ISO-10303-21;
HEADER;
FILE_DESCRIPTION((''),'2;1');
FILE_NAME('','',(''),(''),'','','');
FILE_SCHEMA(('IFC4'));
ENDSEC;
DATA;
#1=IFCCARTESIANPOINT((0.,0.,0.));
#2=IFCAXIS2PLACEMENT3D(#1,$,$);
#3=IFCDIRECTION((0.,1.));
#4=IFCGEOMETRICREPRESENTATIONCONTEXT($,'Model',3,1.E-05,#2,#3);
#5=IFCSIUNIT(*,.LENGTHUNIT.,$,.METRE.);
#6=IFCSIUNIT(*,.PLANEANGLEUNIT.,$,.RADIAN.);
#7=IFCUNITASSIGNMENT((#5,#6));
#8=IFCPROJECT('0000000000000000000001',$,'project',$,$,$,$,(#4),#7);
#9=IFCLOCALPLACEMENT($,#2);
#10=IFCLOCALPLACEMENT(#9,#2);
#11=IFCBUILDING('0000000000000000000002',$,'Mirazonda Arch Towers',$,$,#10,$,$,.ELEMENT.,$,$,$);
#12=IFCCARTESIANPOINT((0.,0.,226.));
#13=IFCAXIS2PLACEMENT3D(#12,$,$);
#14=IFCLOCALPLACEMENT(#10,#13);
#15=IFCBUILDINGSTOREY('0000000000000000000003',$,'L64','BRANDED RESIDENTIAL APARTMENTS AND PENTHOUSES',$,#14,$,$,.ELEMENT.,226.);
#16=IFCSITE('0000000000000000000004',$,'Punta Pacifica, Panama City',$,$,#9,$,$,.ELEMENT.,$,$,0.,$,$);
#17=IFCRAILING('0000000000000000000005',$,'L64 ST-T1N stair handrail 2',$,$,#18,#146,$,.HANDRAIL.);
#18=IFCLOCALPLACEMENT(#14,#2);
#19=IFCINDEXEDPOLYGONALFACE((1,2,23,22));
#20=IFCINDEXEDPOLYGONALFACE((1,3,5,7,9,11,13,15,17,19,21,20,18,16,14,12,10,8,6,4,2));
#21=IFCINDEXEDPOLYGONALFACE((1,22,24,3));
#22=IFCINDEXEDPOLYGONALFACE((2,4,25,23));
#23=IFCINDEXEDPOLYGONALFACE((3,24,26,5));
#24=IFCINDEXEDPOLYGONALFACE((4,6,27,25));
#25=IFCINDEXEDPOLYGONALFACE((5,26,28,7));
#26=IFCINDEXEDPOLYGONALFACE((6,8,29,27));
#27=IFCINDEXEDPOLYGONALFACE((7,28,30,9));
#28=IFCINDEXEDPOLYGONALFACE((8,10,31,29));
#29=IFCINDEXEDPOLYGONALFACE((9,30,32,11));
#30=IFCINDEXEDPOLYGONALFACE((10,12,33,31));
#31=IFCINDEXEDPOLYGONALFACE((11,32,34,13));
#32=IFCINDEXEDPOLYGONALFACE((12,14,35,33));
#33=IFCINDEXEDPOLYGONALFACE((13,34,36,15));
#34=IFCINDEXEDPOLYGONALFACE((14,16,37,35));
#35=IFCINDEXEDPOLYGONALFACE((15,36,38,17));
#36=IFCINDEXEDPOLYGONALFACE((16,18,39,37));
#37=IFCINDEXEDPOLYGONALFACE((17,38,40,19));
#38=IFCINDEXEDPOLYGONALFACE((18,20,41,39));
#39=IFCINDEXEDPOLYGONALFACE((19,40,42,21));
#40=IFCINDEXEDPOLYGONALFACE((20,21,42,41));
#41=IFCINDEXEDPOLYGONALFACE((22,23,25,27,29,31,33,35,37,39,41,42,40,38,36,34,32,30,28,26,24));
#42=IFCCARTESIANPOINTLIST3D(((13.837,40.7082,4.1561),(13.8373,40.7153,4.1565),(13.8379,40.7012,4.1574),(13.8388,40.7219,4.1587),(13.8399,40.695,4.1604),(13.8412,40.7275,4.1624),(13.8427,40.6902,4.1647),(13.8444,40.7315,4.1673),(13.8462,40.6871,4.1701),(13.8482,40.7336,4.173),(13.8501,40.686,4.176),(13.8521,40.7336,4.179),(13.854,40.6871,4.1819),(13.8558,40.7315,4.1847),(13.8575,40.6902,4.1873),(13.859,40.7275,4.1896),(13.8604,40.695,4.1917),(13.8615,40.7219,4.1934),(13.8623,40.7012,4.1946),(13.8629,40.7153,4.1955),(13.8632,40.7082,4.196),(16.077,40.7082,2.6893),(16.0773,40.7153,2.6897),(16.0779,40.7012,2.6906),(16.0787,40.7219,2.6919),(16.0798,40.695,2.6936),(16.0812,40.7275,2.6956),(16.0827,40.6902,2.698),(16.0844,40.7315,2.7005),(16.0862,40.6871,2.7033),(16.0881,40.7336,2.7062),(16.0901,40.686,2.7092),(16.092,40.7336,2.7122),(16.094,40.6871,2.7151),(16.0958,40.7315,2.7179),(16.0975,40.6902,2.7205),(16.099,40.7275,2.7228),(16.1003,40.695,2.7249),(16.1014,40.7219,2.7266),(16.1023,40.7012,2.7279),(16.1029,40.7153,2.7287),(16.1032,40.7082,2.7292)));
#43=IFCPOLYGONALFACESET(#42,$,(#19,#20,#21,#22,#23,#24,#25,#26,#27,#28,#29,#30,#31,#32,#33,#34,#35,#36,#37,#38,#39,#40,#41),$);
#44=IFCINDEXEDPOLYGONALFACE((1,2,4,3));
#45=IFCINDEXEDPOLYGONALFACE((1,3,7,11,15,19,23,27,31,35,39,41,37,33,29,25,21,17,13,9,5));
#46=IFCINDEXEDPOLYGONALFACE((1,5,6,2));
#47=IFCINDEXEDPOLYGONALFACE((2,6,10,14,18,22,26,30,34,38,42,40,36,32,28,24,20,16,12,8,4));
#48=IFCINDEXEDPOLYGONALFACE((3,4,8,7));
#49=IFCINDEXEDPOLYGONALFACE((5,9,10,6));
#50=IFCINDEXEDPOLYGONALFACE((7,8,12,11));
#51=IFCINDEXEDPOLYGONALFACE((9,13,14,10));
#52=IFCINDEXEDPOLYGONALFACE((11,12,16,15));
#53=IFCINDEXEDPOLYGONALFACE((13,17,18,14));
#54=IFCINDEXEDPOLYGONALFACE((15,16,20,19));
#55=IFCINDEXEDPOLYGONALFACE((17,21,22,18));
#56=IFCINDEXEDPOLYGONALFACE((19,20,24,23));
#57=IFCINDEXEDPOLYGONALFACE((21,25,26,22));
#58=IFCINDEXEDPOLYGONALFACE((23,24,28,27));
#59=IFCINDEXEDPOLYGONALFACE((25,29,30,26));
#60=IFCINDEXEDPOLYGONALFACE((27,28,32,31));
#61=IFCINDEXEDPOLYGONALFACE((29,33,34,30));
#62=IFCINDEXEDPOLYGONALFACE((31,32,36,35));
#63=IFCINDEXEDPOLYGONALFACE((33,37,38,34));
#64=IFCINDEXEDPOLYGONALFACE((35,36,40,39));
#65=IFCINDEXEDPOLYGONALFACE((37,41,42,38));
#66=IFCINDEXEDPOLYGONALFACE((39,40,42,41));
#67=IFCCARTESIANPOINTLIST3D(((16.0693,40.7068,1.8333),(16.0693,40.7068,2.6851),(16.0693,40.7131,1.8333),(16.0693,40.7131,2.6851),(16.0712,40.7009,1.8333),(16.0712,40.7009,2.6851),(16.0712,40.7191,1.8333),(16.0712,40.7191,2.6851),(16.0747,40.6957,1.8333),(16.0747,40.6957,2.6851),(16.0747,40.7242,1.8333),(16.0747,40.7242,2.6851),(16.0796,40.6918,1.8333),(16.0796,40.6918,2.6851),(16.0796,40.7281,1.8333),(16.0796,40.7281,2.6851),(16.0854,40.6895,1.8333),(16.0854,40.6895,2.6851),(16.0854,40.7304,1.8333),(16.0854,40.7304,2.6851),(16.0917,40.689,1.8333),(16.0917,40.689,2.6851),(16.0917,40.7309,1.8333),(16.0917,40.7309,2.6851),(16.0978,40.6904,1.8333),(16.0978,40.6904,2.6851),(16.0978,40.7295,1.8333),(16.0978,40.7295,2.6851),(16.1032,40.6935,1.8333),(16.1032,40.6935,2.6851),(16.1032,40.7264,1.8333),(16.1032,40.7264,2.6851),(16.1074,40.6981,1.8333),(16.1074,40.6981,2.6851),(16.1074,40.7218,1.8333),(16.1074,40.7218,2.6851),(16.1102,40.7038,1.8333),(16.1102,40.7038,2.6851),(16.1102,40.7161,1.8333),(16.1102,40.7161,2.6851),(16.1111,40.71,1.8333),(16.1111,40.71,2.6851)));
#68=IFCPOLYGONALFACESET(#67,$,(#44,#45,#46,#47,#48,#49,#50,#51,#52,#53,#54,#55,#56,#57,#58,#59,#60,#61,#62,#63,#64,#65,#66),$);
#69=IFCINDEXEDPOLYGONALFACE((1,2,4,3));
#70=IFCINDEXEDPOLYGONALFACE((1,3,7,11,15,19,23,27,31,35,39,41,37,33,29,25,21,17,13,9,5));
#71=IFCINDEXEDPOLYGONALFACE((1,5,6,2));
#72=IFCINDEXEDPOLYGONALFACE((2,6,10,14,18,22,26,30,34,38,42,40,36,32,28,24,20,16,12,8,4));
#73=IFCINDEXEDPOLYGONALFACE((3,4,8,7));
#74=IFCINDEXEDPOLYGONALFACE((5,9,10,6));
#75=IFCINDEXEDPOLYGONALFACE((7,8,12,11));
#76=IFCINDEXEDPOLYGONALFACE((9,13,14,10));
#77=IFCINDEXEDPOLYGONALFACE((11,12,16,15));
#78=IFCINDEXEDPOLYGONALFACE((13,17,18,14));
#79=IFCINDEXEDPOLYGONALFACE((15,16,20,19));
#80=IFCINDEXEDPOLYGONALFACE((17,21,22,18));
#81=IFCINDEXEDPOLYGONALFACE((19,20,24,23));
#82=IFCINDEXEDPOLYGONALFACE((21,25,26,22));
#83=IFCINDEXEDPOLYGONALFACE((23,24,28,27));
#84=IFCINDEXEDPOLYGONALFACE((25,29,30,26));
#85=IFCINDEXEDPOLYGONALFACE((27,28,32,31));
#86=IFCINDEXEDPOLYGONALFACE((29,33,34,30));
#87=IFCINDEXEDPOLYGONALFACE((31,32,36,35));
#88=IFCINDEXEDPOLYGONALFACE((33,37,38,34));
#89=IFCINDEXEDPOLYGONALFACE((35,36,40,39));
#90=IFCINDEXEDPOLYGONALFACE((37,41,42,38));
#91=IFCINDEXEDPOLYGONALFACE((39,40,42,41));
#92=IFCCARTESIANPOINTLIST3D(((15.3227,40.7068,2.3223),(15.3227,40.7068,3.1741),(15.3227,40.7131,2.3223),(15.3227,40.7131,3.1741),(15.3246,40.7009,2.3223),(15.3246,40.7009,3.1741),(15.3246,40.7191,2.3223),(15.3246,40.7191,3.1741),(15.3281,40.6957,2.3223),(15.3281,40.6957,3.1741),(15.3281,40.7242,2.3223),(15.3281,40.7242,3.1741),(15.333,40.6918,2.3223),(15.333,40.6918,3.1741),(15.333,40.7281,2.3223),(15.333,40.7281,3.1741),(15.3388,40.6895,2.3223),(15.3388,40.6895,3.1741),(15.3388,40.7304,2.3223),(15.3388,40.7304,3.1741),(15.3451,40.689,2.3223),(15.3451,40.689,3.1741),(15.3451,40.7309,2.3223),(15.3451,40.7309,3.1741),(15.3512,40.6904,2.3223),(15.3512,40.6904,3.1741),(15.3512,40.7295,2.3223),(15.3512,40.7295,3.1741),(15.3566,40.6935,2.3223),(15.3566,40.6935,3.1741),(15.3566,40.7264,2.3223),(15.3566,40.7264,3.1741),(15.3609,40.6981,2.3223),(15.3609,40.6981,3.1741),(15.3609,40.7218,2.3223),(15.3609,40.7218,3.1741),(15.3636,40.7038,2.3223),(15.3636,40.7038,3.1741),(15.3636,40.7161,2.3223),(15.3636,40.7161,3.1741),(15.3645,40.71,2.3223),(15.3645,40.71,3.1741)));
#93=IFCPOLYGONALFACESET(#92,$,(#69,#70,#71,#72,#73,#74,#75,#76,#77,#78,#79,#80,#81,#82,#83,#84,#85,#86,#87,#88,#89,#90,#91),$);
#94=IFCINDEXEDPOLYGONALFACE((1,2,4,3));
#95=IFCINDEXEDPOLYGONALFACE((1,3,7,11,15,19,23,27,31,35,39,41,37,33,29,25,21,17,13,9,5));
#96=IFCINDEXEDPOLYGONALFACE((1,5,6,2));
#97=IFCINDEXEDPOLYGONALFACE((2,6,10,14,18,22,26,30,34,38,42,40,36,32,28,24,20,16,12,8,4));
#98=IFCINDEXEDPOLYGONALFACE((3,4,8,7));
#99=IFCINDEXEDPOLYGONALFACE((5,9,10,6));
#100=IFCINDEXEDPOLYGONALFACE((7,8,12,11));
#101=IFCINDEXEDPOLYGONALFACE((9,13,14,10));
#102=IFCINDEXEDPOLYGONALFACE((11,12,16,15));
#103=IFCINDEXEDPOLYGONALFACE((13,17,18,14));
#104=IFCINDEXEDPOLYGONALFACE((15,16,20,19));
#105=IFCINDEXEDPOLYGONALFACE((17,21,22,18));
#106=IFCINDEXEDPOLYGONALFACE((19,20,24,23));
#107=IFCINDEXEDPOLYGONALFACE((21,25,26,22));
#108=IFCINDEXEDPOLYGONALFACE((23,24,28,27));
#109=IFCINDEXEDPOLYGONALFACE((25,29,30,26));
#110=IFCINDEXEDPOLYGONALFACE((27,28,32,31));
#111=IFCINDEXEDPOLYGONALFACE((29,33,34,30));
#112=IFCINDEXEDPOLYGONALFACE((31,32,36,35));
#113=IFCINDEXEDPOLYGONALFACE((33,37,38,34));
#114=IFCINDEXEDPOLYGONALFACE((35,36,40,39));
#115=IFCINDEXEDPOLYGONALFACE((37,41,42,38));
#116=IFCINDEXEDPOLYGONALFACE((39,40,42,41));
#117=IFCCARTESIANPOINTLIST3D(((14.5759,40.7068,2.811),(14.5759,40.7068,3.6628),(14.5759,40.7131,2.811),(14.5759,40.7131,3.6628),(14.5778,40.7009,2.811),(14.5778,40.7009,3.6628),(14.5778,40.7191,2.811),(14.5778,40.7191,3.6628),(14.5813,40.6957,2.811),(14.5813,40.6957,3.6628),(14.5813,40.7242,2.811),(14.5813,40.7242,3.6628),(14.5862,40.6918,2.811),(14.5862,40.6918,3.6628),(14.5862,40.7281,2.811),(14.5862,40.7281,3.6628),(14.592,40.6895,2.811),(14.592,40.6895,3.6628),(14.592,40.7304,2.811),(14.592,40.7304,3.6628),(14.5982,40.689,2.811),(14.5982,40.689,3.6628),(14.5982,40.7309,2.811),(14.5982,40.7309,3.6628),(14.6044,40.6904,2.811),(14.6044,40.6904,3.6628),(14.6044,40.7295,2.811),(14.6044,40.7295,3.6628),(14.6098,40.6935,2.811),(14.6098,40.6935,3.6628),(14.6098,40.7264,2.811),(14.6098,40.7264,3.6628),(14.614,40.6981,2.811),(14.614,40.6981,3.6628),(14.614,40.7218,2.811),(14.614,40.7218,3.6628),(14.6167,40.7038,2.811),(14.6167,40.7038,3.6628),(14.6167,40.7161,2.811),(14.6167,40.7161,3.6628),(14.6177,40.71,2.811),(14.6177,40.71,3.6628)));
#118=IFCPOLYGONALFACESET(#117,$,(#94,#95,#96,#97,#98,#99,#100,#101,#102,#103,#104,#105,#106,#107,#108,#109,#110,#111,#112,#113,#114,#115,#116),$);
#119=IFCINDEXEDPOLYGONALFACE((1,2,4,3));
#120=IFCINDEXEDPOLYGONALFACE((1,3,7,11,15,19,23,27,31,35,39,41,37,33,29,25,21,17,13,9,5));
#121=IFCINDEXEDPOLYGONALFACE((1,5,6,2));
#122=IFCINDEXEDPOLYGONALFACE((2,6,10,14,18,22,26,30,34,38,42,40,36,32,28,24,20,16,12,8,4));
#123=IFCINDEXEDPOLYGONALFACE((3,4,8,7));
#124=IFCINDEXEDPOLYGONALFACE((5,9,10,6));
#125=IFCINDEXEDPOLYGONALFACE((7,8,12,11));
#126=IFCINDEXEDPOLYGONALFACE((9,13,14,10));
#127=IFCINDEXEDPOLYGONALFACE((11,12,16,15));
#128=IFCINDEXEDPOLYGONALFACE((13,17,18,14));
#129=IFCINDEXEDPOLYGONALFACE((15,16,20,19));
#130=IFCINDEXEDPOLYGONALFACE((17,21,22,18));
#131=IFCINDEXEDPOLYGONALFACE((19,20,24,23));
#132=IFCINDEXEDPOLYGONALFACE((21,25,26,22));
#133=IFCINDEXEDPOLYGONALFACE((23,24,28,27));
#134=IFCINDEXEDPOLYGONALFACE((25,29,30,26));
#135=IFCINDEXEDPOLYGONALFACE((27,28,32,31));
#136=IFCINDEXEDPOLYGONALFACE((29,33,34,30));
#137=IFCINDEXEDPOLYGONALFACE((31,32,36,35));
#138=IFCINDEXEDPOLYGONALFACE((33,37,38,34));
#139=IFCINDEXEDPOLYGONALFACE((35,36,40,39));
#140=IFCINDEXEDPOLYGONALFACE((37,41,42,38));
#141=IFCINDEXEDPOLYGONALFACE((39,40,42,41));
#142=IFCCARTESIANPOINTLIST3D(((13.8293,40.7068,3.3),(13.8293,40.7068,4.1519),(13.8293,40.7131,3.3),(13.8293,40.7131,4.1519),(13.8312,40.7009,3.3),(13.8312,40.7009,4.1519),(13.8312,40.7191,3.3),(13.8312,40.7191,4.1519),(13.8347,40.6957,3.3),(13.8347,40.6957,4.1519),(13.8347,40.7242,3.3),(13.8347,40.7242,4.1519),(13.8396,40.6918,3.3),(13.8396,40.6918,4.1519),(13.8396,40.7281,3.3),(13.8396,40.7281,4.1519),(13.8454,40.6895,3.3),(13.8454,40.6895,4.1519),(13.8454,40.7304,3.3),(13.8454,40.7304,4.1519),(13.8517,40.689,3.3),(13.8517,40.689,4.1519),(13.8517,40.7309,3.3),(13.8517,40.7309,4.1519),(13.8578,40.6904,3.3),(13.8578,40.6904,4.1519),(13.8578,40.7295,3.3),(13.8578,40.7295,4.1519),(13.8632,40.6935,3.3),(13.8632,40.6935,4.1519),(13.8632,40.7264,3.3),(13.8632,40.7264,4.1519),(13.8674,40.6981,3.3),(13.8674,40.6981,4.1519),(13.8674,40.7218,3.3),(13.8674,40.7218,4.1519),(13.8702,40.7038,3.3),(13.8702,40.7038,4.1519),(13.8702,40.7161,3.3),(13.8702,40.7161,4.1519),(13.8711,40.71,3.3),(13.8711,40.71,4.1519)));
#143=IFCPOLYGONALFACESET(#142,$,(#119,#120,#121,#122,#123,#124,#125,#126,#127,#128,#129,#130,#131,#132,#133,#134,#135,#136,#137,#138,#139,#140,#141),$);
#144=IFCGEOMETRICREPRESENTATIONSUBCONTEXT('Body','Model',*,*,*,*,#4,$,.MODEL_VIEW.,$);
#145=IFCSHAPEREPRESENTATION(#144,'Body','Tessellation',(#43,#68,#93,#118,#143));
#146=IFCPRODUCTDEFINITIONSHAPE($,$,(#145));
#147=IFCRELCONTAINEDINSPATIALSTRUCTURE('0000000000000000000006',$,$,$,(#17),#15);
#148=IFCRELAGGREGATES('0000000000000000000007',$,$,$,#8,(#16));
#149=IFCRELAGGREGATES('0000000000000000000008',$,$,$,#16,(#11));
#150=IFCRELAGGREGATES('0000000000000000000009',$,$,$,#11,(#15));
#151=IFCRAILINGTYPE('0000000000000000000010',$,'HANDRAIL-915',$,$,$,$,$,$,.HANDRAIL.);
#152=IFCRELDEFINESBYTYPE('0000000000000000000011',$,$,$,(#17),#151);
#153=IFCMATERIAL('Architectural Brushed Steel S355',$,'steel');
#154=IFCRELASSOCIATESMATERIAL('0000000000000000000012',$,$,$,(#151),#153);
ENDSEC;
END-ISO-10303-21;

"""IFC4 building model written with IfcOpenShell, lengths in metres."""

from ifc_helpers import new_model, si_unit, direction, frame, origin, origin_2d, place, context, subcontext, project, spatial, circle, extrude, material, type_object, element, save


model = new_model("IFC4")

# Units and contexts
model_context = context("Model", 3, precision=1e-05, world=origin(), true_north=direction((0.0, 1.0)))
body_context = subcontext(model_context, "Body", "Model", "MODEL_VIEW")
ifc_project = project(units=[si_unit("LENGTHUNIT", "METRE"), si_unit("PLANEANGLEUNIT", "RADIAN")], contexts=[model_context])

# Site, building, storey
site_placement = place(None, origin())
site = spatial("IfcSite", under=ifc_project, at=site_placement, Name="Punta Pacifica, Panama City", CompositionType="ELEMENT", RefElevation=0.0)
building_placement = place(site_placement, origin())
building = spatial("IfcBuilding", under=site, at=building_placement, Name="Mirazonda Arch Towers", CompositionType="ELEMENT")
storey_placement = place(building_placement, frame((0.0, 0.0, 226.0)))
storey = spatial("IfcBuildingStorey", under=building, at=storey_placement, Name="L64", Description="BRANDED RESIDENTIAL APARTMENTS AND PENTHOUSES", CompositionType="ELEMENT", Elevation=226.0)

# Railing
ifc_material_1 = material(Name="Architectural Brushed Steel S355", Category="steel")
railing_type_1 = type_object("IfcRailingType", Name="HANDRAIL-915", PredefinedType="HANDRAIL", material=ifc_material_1)
railing_1_placement = place(storey_placement, frame((16.0901, 40.71, 1.8333)))
element("IfcRailing", 1, at=railing_1_placement, inside=storey, type_object=railing_type_1, Name="L64 ST-T1N stair handrail 2", PredefinedType="HANDRAIL", context=body_context, shape_type="SweptSolid", body=[
    extrude(circle(Radius=0.0239, at=origin_2d()), frame((0.0, 0.0, 0.876), z_axis=(-0.836595, 0.0, 0.547822), x_axis=(0.0, -1.0, 0.0)), (0.0, 0.0, 1.0), 2.6775),
    extrude(circle(Radius=0.021, at=origin_2d()), origin(), (0.0, 0.0, 1.0), 0.8518),
    extrude(circle(Radius=0.021, at=origin_2d()), frame((-0.7466, 0.0, 0.489)), (0.0, 0.0, 1.0), 0.8518),
    extrude(circle(Radius=0.021, at=origin_2d()), frame((-1.4934, 0.0, 0.9778)), (0.0, 0.0, 1.0), 0.8518),
    extrude(circle(Radius=0.021, at=origin_2d()), frame((-2.24, 0.0, 1.4668)), (0.0, 0.0, 1.0), 0.8518),
])

save(model, "model.ifc")
